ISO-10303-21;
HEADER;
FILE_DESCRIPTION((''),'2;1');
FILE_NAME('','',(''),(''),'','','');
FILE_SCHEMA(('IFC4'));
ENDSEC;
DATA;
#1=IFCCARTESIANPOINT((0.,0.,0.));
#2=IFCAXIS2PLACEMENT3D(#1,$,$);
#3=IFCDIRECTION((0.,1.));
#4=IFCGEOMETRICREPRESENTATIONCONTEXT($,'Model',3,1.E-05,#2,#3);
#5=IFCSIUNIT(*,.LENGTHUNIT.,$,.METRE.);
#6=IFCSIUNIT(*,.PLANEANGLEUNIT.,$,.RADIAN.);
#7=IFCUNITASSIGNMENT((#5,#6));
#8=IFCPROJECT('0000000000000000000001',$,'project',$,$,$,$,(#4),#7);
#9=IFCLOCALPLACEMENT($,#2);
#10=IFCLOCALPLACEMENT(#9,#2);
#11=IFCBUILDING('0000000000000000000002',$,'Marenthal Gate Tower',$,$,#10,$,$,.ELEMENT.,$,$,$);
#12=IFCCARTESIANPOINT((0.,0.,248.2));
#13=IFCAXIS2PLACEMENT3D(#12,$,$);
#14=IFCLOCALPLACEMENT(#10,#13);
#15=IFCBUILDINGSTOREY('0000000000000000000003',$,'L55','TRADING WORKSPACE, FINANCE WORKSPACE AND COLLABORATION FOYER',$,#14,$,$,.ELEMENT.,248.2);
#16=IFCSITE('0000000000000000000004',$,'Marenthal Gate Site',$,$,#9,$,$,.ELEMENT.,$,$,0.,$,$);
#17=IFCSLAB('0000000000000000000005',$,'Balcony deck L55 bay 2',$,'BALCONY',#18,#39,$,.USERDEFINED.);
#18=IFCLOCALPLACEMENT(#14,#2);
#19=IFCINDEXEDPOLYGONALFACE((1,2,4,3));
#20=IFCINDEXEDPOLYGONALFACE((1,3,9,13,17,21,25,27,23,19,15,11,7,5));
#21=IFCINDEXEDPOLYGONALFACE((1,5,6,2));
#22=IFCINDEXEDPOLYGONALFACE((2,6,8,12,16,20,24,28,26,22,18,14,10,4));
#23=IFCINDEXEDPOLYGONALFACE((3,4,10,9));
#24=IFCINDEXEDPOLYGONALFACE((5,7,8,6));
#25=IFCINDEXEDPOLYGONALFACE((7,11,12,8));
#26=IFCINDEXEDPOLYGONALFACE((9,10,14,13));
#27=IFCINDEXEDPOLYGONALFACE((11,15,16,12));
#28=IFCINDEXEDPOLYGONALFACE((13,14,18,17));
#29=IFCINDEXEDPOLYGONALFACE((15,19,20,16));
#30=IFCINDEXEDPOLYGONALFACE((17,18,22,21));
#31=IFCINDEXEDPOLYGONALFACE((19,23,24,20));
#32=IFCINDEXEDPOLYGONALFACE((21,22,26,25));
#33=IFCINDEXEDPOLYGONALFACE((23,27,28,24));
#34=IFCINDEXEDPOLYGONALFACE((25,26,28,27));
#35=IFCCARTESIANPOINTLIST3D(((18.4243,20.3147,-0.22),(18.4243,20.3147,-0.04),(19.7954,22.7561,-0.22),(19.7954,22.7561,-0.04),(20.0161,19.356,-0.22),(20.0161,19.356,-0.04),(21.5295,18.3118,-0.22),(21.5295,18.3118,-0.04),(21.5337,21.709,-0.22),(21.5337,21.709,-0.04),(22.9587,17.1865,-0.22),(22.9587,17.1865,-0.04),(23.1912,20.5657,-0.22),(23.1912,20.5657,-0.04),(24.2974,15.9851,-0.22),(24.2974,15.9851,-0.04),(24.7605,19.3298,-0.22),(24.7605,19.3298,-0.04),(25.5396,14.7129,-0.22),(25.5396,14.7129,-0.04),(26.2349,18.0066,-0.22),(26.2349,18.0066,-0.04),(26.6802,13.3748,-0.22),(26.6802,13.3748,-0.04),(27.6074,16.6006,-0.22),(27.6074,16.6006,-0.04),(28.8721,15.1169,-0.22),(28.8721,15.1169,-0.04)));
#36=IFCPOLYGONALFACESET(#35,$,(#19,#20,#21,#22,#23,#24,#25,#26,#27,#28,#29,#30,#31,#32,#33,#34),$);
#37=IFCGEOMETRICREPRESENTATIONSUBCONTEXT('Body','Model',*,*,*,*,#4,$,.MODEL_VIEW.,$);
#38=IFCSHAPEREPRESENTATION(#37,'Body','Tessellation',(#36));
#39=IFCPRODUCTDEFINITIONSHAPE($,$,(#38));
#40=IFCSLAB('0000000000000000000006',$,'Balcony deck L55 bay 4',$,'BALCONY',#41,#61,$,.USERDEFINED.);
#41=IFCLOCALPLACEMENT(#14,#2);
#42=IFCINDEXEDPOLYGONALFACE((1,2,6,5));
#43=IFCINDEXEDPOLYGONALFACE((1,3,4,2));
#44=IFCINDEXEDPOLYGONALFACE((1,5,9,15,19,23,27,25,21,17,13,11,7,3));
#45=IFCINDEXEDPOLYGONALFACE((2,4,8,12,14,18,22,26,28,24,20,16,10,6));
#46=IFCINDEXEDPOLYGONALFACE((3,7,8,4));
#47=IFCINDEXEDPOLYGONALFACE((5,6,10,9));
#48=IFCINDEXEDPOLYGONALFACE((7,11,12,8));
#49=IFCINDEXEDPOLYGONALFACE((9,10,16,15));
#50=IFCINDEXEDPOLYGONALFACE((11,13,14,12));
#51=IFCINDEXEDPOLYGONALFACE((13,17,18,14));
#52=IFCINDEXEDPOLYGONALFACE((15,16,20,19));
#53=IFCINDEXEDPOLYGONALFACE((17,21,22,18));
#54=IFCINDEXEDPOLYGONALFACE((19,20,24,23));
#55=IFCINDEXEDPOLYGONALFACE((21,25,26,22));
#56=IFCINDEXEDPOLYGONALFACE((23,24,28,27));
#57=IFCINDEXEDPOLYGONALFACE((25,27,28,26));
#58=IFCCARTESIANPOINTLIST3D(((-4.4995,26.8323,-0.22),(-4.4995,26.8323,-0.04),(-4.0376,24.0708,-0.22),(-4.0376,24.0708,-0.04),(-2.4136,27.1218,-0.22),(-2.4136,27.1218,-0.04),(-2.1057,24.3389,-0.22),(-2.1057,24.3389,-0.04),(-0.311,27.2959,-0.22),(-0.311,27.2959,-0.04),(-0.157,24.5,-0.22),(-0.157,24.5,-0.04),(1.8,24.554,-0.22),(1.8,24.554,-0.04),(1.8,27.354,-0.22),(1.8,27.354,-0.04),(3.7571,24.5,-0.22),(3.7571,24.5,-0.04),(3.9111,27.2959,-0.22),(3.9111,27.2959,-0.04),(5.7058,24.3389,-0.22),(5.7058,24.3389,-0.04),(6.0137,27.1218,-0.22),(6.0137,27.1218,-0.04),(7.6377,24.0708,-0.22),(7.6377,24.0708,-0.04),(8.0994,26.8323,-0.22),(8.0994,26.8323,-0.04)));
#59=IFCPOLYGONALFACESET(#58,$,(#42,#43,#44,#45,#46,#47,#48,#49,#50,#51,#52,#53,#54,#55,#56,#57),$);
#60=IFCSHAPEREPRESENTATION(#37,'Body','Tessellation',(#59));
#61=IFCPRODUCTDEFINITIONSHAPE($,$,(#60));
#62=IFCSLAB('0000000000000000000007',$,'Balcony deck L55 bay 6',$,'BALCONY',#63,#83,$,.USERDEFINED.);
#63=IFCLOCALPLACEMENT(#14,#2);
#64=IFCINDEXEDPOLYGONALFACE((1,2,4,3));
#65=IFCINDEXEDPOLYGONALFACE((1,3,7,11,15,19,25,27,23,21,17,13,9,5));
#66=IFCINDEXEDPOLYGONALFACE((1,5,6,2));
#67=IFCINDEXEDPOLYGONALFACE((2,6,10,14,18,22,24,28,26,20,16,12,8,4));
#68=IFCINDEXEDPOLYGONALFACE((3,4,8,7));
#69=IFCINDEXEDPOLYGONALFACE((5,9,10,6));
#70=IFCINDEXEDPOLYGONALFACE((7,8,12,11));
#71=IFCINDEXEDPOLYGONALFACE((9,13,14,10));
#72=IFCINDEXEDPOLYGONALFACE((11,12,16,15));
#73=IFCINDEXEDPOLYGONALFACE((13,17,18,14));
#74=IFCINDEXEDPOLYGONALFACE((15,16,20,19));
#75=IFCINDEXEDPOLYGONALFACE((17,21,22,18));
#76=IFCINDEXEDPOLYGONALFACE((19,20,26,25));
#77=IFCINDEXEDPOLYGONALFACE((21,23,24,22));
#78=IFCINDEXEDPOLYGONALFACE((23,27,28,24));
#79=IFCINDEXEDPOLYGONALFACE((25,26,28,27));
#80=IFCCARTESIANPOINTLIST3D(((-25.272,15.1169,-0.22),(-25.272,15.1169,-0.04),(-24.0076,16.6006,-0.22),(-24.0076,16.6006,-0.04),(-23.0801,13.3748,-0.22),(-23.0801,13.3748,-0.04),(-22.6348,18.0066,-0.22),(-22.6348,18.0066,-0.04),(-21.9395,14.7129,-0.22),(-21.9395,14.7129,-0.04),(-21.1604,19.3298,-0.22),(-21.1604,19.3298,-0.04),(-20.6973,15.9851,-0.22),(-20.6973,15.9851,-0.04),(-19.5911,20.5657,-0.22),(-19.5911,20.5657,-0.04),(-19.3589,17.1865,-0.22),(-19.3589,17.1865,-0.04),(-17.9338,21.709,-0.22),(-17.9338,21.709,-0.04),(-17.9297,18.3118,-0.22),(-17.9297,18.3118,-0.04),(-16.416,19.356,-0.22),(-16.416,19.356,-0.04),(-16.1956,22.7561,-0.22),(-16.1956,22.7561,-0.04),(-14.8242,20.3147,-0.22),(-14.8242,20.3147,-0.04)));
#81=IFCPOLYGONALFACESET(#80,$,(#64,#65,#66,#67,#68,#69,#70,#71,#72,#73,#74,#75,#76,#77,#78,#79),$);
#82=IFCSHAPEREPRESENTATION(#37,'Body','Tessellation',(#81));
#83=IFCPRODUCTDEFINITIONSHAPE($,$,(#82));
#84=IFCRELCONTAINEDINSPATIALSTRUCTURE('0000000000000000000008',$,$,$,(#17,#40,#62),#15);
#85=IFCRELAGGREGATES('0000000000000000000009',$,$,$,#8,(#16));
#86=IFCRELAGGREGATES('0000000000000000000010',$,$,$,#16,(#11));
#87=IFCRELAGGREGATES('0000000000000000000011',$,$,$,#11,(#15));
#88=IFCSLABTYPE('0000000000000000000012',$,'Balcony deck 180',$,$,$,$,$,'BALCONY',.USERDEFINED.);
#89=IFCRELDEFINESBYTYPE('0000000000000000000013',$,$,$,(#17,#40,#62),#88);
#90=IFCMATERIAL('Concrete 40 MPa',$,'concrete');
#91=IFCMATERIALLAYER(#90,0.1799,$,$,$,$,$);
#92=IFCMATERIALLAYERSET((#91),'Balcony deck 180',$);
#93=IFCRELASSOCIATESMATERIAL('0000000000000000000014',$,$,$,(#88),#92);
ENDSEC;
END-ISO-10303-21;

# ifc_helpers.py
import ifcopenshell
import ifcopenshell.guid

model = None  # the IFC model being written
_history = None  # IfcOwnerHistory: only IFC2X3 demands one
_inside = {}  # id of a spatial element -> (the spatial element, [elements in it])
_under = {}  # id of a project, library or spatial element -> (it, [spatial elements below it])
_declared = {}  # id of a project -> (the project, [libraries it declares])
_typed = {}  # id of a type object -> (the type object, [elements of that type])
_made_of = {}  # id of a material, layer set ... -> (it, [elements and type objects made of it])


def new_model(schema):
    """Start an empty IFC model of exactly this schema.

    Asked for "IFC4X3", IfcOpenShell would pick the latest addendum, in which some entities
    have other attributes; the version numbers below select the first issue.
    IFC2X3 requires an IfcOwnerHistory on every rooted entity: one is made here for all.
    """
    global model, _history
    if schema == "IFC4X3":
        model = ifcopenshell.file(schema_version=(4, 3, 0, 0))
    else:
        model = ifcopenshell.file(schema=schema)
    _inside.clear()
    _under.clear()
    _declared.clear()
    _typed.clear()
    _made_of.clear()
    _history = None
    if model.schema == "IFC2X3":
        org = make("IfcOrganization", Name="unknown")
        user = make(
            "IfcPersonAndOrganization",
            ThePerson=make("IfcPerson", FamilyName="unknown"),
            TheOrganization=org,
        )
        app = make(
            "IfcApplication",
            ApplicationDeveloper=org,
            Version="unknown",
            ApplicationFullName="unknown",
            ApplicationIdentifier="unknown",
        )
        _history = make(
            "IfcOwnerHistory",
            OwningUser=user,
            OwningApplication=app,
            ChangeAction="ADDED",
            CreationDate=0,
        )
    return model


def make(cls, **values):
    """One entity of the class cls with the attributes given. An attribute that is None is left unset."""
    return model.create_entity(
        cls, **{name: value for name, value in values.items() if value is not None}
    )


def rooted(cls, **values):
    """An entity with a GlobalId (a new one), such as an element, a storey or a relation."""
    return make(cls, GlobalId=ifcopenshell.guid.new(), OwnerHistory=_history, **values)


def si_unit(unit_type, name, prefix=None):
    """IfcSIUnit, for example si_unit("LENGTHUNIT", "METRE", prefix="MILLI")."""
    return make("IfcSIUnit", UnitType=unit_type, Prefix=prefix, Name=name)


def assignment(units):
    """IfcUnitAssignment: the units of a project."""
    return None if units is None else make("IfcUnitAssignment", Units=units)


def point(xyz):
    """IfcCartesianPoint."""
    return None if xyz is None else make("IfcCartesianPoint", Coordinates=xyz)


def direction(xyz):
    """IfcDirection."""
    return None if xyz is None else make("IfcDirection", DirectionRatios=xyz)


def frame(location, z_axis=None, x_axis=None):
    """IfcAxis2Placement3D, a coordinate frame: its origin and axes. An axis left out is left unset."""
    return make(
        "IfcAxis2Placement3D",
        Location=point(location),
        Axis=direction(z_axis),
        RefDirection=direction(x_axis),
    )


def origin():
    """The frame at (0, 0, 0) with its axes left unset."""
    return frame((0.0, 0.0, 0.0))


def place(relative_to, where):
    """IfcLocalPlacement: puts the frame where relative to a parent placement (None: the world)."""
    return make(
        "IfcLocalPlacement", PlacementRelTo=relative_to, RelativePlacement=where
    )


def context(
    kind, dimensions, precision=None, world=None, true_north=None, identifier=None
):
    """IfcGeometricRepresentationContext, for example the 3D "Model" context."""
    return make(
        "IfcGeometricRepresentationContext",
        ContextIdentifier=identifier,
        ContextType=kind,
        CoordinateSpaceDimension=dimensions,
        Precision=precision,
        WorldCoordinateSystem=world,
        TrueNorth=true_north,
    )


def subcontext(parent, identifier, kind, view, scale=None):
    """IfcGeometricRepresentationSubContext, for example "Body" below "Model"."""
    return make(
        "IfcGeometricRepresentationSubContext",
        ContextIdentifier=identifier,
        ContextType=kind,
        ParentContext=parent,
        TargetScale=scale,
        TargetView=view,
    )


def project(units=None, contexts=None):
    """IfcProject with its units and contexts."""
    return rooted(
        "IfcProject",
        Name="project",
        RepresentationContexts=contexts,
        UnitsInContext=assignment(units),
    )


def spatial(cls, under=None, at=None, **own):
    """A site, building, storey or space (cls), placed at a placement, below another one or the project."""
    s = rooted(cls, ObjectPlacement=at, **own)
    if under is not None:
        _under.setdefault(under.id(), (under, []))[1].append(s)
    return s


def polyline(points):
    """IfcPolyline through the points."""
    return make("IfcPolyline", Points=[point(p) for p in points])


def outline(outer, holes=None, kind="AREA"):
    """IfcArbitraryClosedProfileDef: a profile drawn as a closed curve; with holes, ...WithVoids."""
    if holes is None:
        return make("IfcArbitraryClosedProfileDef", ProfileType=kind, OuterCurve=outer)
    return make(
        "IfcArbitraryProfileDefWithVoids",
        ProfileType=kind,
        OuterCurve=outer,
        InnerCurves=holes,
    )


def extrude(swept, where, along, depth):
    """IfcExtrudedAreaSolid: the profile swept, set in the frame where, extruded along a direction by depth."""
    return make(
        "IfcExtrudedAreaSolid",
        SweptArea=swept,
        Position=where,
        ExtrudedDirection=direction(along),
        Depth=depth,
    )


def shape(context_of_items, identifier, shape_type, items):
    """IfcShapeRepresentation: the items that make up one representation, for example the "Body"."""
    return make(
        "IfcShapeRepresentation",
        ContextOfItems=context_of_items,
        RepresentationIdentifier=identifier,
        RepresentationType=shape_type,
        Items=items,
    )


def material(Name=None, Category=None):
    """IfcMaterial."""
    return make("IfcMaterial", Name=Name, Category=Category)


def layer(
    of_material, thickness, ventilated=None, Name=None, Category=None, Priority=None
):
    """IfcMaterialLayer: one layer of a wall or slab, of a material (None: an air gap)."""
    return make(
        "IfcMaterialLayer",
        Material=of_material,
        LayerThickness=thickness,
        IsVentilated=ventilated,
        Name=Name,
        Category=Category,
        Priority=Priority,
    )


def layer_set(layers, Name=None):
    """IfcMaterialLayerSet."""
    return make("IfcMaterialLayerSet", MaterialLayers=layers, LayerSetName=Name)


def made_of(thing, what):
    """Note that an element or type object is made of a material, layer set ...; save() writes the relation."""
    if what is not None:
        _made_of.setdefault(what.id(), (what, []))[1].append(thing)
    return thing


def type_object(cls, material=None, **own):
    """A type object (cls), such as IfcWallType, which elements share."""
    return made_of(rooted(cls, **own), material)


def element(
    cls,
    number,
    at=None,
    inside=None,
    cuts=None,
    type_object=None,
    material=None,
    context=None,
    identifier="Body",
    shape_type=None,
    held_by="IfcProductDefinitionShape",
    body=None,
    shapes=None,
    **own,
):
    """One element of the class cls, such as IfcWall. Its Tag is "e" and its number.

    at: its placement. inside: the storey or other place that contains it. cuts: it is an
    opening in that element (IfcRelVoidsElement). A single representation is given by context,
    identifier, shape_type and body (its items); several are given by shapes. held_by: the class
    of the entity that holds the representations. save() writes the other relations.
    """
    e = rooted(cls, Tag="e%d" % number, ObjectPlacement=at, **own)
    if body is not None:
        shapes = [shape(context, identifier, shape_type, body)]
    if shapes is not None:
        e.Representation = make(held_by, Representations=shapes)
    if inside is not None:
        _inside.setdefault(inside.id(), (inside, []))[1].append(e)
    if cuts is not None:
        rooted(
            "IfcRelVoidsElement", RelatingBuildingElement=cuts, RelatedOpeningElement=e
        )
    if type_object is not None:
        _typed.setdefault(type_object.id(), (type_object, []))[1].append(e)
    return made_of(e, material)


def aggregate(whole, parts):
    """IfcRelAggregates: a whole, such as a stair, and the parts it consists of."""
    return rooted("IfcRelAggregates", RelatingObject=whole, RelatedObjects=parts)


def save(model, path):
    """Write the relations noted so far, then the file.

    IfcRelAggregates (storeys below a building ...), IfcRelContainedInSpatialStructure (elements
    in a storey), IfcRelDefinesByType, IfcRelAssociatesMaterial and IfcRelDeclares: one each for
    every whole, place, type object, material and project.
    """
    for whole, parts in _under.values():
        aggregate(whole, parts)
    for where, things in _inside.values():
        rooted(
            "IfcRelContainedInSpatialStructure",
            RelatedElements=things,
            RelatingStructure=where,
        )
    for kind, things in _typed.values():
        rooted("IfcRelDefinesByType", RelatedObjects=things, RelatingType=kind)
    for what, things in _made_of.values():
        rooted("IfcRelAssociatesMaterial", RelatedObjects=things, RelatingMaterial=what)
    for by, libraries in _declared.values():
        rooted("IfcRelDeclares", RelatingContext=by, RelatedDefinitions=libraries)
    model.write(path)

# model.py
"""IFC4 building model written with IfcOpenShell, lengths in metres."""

from ifc_helpers import new_model, si_unit, direction, frame, origin, place, context, subcontext, project, spatial, polyline, outline, extrude, material, layer, layer_set, type_object, element, save


model = new_model("IFC4")

# Units and contexts
model_context = context("Model", 3, precision=1e-05, world=origin(), true_north=direction((0.0, 1.0)))
body_context = subcontext(model_context, "Body", "Model", "MODEL_VIEW")
ifc_project = project(units=[si_unit("LENGTHUNIT", "METRE"), si_unit("PLANEANGLEUNIT", "RADIAN")], contexts=[model_context])

# Site, building, storey
site_placement = place(None, origin())
site = spatial("IfcSite", under=ifc_project, at=site_placement, Name="Marenthal Gate Site", CompositionType="ELEMENT", RefElevation=0.0)
building_placement = place(site_placement, origin())
building = spatial("IfcBuilding", under=site, at=building_placement, Name="Marenthal Gate Tower", CompositionType="ELEMENT")
storey_placement = place(building_placement, frame((0.0, 0.0, 248.2)))
storey = spatial("IfcBuildingStorey", under=building, at=storey_placement, Name="L55", Description="TRADING WORKSPACE, FINANCE WORKSPACE AND COLLABORATION FOYER", CompositionType="ELEMENT", Elevation=248.2)

# Slabs
ifc_material_1 = material(Name="Concrete 40 MPa", Category="concrete")
ifc_layer_1 = layer(ifc_material_1, 0.1799)
ifc_layer_set_1 = layer_set([ifc_layer_1], Name="Balcony deck 180")
slab_type_1 = type_object("IfcSlabType", Name="Balcony deck 180", ElementType="BALCONY", PredefinedType="USERDEFINED", material=ifc_layer_set_1)
slab_1_placement = place(storey_placement, frame((0.0, 0.0, -0.22)))
element("IfcSlab", 1, at=slab_1_placement, inside=storey, type_object=slab_type_1, Name="Balcony deck L55 bay 2", ObjectType="BALCONY", PredefinedType="USERDEFINED", context=body_context, shape_type="SweptSolid", body=[
    extrude(outline(polyline([(26.6802, 13.3748), (25.5396, 14.7129), (24.2974, 15.9851), (22.9587, 17.1865), (21.5295, 18.3118), (20.0161, 19.356), (18.4243, 20.3147), (19.7954, 22.7561), (21.5337, 21.709), (23.1912, 20.5657), (24.7605, 19.3298), (26.2349, 18.0066), (27.6074, 16.6006), (28.8721, 15.1169), (26.6802, 13.3748)])), origin(), (0.0, 0.0, 1.0), 0.1799),
])
slab_2_placement = place(storey_placement, frame((0.0, 0.0, -0.22)))
element("IfcSlab", 2, at=slab_2_placement, inside=storey, type_object=slab_type_1, Name="Balcony deck L55 bay 4", ObjectType="BALCONY", PredefinedType="USERDEFINED", context=body_context, shape_type="SweptSolid", body=[
    extrude(outline(polyline([(7.6377, 24.0708), (5.7058, 24.3389), (3.7571, 24.5), (1.8, 24.554), (-0.157, 24.5), (-2.1057, 24.3389), (-4.0376, 24.0708), (-4.4995, 26.8323), (-2.4136, 27.1218), (-0.311, 27.2959), (1.8, 27.354), (3.9111, 27.2959), (6.0137, 27.1218), (8.0994, 26.8323), (7.6377, 24.0708)])), origin(), (0.0, 0.0, 1.0), 0.1799),
])
slab_3_placement = place(storey_placement, frame((0.0, 0.0, -0.22)))
element("IfcSlab", 3, at=slab_3_placement, inside=storey, type_object=slab_type_1, Name="Balcony deck L55 bay 6", ObjectType="BALCONY", PredefinedType="USERDEFINED", context=body_context, shape_type="SweptSolid", body=[
    extrude(outline(polyline([(-14.8242, 20.3147), (-16.416, 19.356), (-17.9297, 18.3118), (-19.3589, 17.1865), (-20.6973, 15.9851), (-21.9395, 14.7129), (-23.0801, 13.3748), (-25.272, 15.1169), (-24.0076, 16.6006), (-22.6348, 18.0066), (-21.1604, 19.3298), (-19.5911, 20.5657), (-17.9338, 21.709), (-16.1956, 22.7561), (-14.8242, 20.3147)])), origin(), (0.0, 0.0, 1.0), 0.1799),
])

save(model, "model.ifc")
